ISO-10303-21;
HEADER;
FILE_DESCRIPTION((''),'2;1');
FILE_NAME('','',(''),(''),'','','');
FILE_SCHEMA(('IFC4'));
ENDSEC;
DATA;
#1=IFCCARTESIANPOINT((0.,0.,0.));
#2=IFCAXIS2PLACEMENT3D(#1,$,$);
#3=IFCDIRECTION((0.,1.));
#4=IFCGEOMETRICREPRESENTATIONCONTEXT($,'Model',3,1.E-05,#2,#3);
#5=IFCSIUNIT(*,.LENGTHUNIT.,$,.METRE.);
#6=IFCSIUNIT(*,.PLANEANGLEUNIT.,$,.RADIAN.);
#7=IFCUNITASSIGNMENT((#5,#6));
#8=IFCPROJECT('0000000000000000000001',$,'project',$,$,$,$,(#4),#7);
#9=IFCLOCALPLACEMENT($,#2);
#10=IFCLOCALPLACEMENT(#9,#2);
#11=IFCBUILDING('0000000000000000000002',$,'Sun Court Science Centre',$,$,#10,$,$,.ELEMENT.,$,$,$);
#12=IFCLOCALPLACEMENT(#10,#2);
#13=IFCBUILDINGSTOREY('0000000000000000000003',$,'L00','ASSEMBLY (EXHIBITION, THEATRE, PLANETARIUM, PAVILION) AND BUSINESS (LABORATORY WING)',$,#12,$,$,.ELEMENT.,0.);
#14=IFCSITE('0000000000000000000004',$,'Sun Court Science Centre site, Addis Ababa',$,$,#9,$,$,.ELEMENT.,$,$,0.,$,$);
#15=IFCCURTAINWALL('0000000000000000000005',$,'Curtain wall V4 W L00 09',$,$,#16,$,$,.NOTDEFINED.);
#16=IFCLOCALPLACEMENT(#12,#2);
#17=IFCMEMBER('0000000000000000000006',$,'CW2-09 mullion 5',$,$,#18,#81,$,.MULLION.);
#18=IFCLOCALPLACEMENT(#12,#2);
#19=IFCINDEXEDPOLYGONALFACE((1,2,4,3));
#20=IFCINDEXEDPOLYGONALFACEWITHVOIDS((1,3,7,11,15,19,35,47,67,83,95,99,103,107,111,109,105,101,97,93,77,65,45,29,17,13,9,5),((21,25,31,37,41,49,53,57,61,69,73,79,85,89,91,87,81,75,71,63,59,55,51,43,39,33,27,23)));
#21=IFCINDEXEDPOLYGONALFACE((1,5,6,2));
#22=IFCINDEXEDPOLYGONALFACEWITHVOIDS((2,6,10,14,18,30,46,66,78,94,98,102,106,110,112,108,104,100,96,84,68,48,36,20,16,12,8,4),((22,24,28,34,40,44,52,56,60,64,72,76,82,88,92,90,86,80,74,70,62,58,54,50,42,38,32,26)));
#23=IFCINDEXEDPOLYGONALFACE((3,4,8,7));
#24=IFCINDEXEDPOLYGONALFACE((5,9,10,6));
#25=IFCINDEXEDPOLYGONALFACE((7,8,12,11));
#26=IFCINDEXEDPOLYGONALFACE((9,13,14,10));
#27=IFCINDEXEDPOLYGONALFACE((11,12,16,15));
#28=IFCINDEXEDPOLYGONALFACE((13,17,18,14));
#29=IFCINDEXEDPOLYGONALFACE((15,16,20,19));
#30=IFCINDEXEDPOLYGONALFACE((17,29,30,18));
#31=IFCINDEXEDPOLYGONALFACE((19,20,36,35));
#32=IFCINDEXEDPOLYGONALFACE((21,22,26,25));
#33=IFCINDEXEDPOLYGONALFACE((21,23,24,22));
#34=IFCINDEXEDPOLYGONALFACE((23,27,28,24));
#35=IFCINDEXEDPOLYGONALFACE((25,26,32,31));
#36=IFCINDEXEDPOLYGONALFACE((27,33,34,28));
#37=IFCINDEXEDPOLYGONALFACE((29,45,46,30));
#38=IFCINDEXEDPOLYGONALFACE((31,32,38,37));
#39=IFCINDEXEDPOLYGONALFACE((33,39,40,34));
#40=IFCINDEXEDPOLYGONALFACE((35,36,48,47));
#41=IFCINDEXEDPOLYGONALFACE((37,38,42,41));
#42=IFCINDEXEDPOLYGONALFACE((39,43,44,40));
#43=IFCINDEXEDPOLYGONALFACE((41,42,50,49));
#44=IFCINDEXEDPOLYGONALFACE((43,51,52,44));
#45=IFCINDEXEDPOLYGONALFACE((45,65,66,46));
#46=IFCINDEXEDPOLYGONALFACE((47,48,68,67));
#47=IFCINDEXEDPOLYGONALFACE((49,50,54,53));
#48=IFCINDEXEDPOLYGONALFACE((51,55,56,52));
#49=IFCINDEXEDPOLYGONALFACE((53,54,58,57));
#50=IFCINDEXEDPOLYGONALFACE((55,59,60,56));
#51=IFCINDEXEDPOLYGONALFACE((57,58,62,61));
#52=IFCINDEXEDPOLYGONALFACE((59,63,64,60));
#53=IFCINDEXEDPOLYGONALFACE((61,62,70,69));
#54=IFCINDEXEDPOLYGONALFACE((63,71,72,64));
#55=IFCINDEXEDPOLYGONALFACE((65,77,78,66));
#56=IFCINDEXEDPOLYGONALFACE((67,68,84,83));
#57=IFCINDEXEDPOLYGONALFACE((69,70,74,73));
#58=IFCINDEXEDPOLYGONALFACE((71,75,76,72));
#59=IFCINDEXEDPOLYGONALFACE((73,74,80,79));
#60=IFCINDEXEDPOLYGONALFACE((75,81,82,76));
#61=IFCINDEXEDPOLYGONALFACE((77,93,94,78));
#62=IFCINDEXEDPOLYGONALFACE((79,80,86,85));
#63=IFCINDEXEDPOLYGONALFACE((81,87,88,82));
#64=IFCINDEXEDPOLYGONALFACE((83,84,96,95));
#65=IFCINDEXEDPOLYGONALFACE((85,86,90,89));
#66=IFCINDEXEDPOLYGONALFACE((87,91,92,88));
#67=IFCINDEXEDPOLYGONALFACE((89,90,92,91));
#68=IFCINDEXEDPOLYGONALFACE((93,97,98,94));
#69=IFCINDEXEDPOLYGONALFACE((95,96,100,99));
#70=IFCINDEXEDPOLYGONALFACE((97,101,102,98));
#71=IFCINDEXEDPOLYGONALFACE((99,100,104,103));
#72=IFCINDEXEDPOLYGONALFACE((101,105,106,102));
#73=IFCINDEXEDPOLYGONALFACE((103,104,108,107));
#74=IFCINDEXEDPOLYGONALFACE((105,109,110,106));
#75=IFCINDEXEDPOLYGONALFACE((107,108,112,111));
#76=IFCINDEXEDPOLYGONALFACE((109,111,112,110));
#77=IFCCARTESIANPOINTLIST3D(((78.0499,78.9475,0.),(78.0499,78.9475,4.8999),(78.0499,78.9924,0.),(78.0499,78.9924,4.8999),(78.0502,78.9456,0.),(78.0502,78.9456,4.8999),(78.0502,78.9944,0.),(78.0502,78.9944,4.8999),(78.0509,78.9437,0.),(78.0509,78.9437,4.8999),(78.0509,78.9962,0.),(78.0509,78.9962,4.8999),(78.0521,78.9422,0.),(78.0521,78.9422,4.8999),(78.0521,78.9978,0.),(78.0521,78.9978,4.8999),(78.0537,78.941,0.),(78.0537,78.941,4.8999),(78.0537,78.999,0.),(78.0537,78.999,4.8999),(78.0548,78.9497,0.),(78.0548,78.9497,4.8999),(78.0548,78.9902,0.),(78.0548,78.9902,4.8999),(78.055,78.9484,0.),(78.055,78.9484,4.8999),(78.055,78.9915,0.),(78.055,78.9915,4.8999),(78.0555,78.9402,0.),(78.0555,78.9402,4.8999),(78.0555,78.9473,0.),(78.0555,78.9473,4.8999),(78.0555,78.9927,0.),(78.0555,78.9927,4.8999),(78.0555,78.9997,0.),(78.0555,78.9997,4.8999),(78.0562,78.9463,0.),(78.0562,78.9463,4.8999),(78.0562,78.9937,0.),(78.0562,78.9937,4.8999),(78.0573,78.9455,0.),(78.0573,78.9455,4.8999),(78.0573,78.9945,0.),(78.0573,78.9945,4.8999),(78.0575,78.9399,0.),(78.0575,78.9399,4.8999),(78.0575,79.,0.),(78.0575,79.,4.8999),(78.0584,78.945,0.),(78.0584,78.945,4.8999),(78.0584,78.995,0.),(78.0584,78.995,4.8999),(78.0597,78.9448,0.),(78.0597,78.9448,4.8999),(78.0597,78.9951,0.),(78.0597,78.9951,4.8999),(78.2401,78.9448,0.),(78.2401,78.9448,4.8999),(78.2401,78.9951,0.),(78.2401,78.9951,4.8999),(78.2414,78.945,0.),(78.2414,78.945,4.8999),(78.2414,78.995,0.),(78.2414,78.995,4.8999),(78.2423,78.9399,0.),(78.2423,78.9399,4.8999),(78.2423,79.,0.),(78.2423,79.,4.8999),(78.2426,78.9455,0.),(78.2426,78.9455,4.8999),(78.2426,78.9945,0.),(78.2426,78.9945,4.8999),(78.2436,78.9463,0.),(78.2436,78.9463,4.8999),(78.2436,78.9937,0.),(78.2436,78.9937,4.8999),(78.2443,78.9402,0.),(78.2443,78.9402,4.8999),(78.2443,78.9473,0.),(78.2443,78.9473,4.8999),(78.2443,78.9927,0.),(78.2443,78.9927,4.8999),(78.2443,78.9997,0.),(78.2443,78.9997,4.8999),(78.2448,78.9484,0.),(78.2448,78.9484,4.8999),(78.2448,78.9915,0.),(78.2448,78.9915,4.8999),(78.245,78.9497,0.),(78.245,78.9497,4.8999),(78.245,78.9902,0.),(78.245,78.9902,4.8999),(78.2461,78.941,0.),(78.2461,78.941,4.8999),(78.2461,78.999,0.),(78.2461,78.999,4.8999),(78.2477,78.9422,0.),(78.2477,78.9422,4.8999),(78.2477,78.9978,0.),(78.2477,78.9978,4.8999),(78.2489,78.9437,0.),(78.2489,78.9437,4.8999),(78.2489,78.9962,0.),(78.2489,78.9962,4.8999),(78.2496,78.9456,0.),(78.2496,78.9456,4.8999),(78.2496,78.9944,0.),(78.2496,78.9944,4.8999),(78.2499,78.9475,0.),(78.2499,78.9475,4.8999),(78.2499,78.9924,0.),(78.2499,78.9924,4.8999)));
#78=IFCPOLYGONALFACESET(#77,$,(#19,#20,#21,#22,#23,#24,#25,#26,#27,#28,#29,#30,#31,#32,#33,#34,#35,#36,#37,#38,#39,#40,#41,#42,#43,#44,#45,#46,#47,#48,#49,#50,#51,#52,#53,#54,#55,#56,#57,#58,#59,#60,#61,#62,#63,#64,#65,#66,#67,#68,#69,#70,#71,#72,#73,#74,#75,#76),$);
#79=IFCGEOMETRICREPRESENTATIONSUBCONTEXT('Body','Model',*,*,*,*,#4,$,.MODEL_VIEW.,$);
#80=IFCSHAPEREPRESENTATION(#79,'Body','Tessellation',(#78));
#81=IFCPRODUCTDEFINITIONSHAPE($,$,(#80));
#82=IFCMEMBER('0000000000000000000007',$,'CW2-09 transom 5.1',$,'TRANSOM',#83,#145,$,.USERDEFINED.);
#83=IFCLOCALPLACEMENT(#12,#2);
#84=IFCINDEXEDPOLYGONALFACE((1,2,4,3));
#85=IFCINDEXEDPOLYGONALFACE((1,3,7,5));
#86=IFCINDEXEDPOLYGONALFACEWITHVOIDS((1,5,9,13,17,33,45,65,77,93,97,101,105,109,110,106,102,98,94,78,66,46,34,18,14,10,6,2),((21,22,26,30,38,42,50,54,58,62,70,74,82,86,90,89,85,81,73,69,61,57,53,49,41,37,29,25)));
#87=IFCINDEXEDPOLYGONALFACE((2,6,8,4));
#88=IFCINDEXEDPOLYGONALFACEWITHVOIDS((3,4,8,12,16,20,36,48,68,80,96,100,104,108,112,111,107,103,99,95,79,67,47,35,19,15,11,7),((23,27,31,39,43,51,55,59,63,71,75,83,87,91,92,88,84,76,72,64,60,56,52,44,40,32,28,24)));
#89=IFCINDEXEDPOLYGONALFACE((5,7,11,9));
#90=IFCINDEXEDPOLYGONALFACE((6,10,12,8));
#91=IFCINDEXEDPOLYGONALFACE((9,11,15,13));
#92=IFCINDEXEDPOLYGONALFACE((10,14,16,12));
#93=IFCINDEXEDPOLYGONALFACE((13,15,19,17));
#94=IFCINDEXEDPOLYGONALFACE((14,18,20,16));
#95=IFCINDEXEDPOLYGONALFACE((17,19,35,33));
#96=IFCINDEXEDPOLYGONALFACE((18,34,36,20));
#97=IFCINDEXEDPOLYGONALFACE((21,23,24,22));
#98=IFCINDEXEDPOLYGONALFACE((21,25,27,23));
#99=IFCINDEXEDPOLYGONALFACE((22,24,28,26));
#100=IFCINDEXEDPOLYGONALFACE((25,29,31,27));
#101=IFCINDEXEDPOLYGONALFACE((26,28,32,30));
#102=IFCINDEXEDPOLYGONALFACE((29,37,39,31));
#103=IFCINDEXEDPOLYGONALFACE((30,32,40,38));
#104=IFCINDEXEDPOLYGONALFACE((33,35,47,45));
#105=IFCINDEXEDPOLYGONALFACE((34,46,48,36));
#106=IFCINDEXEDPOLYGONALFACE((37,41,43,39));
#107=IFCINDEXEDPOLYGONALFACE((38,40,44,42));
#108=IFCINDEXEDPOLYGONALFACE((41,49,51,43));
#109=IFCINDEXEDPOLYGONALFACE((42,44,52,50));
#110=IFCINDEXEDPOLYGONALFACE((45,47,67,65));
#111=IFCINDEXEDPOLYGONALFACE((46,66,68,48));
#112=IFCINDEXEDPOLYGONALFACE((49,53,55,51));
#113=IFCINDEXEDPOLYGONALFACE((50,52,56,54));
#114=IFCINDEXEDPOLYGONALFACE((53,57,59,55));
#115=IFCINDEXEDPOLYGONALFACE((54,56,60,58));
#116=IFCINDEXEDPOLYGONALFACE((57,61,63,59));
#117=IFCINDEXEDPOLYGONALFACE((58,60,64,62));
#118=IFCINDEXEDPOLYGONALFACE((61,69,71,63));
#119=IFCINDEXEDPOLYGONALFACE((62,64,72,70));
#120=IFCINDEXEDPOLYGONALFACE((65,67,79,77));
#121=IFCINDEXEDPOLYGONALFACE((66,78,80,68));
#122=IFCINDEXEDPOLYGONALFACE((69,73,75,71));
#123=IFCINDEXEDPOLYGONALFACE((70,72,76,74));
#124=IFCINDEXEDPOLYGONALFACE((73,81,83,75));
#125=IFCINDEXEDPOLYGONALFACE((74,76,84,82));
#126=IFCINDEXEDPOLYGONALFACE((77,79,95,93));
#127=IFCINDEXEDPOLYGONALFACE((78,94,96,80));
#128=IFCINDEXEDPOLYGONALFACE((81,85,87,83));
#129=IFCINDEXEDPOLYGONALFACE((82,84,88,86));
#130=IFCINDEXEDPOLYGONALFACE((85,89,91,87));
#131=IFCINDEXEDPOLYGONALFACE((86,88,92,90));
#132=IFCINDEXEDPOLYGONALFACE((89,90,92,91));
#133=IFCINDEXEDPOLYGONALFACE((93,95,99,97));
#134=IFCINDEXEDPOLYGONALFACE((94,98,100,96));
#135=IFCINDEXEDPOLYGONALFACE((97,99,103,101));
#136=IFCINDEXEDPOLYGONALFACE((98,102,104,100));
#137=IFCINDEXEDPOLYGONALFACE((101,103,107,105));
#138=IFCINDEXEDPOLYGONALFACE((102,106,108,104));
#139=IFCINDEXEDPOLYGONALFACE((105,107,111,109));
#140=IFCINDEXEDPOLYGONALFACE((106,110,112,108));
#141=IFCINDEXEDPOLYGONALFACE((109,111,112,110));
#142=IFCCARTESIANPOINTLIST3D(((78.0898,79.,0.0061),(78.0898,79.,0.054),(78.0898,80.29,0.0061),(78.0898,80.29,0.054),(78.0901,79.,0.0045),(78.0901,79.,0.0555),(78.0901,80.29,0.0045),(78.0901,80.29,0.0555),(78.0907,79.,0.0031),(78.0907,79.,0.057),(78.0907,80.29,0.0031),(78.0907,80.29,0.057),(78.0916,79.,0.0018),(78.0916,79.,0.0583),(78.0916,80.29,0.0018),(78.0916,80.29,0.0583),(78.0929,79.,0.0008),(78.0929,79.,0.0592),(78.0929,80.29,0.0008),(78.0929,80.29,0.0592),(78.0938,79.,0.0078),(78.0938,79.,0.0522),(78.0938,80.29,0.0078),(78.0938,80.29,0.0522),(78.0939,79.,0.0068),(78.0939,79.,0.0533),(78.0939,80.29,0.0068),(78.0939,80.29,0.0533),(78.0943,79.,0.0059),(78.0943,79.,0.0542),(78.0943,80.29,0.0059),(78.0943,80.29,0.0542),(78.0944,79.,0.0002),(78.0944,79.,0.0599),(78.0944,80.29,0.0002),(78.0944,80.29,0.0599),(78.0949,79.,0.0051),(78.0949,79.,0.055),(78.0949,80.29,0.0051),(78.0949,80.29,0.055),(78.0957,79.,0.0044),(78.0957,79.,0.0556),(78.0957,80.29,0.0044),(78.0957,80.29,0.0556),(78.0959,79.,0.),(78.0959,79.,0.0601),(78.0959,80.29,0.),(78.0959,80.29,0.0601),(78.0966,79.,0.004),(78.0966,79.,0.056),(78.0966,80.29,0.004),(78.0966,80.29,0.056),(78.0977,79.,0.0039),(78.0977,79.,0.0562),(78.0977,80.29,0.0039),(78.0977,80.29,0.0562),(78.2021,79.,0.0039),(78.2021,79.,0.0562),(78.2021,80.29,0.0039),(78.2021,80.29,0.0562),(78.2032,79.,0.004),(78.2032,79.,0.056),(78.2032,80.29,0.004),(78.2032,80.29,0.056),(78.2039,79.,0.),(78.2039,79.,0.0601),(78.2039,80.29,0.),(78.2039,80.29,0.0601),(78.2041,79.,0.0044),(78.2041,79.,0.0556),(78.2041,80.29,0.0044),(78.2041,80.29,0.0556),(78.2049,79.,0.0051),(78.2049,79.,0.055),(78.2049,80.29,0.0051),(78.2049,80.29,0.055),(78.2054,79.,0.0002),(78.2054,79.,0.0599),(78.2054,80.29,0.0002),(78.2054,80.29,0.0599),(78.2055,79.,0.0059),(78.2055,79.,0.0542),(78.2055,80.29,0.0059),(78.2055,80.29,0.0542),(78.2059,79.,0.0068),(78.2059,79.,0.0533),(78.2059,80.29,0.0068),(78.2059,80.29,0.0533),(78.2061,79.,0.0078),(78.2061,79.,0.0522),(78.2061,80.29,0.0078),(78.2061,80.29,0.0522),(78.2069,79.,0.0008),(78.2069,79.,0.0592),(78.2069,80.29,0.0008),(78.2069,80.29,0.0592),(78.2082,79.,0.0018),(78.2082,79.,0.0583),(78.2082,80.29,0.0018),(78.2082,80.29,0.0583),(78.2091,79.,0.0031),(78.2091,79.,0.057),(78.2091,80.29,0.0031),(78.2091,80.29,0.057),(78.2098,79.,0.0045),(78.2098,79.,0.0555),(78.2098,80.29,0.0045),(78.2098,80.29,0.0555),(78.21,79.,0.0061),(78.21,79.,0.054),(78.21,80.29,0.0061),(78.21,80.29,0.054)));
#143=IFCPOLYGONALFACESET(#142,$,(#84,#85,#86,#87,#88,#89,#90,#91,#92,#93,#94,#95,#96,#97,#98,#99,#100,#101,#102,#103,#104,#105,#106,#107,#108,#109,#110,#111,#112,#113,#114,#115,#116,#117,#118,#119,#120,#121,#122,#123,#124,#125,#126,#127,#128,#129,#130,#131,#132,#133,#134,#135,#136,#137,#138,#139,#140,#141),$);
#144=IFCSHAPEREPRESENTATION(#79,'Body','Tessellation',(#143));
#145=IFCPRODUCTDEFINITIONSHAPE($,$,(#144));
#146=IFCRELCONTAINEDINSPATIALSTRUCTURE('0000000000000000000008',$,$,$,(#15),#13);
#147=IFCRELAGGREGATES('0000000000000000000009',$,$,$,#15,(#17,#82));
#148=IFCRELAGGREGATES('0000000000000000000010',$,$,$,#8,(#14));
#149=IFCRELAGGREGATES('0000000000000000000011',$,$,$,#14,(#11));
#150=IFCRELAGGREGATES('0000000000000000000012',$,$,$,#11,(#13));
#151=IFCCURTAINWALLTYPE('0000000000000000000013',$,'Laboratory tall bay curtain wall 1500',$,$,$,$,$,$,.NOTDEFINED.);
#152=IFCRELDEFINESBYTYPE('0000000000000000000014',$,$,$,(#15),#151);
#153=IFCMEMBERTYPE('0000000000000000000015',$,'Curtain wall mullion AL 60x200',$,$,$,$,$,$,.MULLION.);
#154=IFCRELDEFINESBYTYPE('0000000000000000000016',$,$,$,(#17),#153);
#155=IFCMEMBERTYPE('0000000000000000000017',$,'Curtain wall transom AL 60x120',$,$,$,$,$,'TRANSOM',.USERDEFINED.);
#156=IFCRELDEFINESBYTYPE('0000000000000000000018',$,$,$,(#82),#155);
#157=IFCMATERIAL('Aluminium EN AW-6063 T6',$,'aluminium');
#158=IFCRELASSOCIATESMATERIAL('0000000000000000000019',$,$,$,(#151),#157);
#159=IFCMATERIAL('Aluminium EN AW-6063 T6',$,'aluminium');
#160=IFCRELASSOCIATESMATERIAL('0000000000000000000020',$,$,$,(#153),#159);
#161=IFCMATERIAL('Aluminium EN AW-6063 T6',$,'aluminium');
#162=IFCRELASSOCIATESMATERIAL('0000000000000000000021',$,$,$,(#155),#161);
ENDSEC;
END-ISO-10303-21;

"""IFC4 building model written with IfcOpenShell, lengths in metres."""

from ifc_helpers import new_model, si_unit, direction, frame, origin, origin_2d, place, context, subcontext, project, spatial, hollow_rectangle, extrude, material, material_profile, profile_set, type_object, element, aggregate, save


model = new_model("IFC4")

# Units and contexts
model_context = context("Model", 3, precision=1e-05, world=origin(), true_north=direction((0.0, 1.0)))
body_context = subcontext(model_context, "Body", "Model", "MODEL_VIEW")
ifc_project = project(units=[si_unit("LENGTHUNIT", "METRE"), si_unit("PLANEANGLEUNIT", "RADIAN")], contexts=[model_context])

# Site, building, storey
site_placement = place(None, origin())
site = spatial("IfcSite", under=ifc_project, at=site_placement, Name="Sun Court Science Centre site, Addis Ababa", CompositionType="ELEMENT", RefElevation=0.0)
building_placement = place(site_placement, origin())
building = spatial("IfcBuilding", under=site, at=building_placement, Name="Sun Court Science Centre", CompositionType="ELEMENT")
storey_placement = place(building_placement, origin())
storey = spatial("IfcBuildingStorey", under=building, at=storey_placement, Name="L00", Description="ASSEMBLY (EXHIBITION, THEATRE, PLANETARIUM, PAVILION) AND BUSINESS (LABORATORY WING)", CompositionType="ELEMENT", Elevation=0.0)

# Curtain wall, members
ifc_material_1 = material(Name="Aluminium EN AW-6063 T6", Category="aluminium")
curtain_wall_type = type_object("IfcCurtainWallType", Name="Laboratory tall bay curtain wall 1500", PredefinedType="NOTDEFINED", material=ifc_material_1)
curtain_wall_placement = place(storey_placement, origin())
curtain_wall = element("IfcCurtainWall", 1, at=curtain_wall_placement, inside=storey, type_object=curtain_wall_type, Name="Curtain wall V4 W L00 09", PredefinedType="NOTDEFINED")
ifc_material_2 = material(Name="Aluminium EN AW-6063 T6", Category="aluminium")
ifc_material_profile_1 = material_profile(ifc_material_2, hollow_rectangle(XDim=0.0601, YDim=0.2, WallThickness=0.0049, InnerFilletRadius=0.0049, OuterFilletRadius=0.0076, at=origin_2d()), Name="AL 60x200x5")
ifc_profile_set_1 = profile_set([ifc_material_profile_1], Name="Aluminium EN AW-6063 T6")
member_type_1 = type_object("IfcMemberType", Name="Curtain wall mullion AL 60x200", PredefinedType="MULLION", material=ifc_profile_set_1)
member_1_placement = place(storey_placement, frame((78.1499, 78.97, 0.0), z_axis=(0.0, 0.0, 1.0), x_axis=(0.0, 1.0, 0.0)))
member_1 = element("IfcMember", 2, at=member_1_placement, type_object=member_type_1, Name="CW2-09 mullion 5", PredefinedType="MULLION", context=body_context, shape_type="SweptSolid", body=[
    extrude(hollow_rectangle(XDim=0.0601, YDim=0.2, WallThickness=0.0049, InnerFilletRadius=0.0049, OuterFilletRadius=0.0076, at=origin_2d()), origin(), (0.0, 0.0, 1.0), 4.8999),
])
ifc_material_3 = material(Name="Aluminium EN AW-6063 T6", Category="aluminium")
ifc_material_profile_2 = material_profile(ifc_material_3, hollow_rectangle(XDim=0.0601, YDim=0.1201, WallThickness=0.0039, InnerFilletRadius=0.0039, OuterFilletRadius=0.0061, at=origin_2d()), Name="AL 60x120x4")
ifc_profile_set_2 = profile_set([ifc_material_profile_2], Name="Aluminium EN AW-6063 T6")
member_type_2 = type_object("IfcMemberType", Name="Curtain wall transom AL 60x120", ElementType="TRANSOM", PredefinedType="USERDEFINED", material=ifc_profile_set_2)
member_2_placement = place(storey_placement, frame((78.1499, 79.0, 0.03), z_axis=(0.0, 1.0, 0.0), x_axis=(0.0, 0.0, 1.0)))
member_2 = element("IfcMember", 3, at=member_2_placement, type_object=member_type_2, Name="CW2-09 transom 5.1", ObjectType="TRANSOM", PredefinedType="USERDEFINED", context=body_context, shape_type="SweptSolid", body=[
    extrude(hollow_rectangle(XDim=0.0601, YDim=0.1201, WallThickness=0.0039, InnerFilletRadius=0.0039, OuterFilletRadius=0.0061, at=origin_2d()), origin(), (0.0, 0.0, 1.0), 1.29),
])

aggregate(curtain_wall, [member_1, member_2])

save(model, "model.ifc")
